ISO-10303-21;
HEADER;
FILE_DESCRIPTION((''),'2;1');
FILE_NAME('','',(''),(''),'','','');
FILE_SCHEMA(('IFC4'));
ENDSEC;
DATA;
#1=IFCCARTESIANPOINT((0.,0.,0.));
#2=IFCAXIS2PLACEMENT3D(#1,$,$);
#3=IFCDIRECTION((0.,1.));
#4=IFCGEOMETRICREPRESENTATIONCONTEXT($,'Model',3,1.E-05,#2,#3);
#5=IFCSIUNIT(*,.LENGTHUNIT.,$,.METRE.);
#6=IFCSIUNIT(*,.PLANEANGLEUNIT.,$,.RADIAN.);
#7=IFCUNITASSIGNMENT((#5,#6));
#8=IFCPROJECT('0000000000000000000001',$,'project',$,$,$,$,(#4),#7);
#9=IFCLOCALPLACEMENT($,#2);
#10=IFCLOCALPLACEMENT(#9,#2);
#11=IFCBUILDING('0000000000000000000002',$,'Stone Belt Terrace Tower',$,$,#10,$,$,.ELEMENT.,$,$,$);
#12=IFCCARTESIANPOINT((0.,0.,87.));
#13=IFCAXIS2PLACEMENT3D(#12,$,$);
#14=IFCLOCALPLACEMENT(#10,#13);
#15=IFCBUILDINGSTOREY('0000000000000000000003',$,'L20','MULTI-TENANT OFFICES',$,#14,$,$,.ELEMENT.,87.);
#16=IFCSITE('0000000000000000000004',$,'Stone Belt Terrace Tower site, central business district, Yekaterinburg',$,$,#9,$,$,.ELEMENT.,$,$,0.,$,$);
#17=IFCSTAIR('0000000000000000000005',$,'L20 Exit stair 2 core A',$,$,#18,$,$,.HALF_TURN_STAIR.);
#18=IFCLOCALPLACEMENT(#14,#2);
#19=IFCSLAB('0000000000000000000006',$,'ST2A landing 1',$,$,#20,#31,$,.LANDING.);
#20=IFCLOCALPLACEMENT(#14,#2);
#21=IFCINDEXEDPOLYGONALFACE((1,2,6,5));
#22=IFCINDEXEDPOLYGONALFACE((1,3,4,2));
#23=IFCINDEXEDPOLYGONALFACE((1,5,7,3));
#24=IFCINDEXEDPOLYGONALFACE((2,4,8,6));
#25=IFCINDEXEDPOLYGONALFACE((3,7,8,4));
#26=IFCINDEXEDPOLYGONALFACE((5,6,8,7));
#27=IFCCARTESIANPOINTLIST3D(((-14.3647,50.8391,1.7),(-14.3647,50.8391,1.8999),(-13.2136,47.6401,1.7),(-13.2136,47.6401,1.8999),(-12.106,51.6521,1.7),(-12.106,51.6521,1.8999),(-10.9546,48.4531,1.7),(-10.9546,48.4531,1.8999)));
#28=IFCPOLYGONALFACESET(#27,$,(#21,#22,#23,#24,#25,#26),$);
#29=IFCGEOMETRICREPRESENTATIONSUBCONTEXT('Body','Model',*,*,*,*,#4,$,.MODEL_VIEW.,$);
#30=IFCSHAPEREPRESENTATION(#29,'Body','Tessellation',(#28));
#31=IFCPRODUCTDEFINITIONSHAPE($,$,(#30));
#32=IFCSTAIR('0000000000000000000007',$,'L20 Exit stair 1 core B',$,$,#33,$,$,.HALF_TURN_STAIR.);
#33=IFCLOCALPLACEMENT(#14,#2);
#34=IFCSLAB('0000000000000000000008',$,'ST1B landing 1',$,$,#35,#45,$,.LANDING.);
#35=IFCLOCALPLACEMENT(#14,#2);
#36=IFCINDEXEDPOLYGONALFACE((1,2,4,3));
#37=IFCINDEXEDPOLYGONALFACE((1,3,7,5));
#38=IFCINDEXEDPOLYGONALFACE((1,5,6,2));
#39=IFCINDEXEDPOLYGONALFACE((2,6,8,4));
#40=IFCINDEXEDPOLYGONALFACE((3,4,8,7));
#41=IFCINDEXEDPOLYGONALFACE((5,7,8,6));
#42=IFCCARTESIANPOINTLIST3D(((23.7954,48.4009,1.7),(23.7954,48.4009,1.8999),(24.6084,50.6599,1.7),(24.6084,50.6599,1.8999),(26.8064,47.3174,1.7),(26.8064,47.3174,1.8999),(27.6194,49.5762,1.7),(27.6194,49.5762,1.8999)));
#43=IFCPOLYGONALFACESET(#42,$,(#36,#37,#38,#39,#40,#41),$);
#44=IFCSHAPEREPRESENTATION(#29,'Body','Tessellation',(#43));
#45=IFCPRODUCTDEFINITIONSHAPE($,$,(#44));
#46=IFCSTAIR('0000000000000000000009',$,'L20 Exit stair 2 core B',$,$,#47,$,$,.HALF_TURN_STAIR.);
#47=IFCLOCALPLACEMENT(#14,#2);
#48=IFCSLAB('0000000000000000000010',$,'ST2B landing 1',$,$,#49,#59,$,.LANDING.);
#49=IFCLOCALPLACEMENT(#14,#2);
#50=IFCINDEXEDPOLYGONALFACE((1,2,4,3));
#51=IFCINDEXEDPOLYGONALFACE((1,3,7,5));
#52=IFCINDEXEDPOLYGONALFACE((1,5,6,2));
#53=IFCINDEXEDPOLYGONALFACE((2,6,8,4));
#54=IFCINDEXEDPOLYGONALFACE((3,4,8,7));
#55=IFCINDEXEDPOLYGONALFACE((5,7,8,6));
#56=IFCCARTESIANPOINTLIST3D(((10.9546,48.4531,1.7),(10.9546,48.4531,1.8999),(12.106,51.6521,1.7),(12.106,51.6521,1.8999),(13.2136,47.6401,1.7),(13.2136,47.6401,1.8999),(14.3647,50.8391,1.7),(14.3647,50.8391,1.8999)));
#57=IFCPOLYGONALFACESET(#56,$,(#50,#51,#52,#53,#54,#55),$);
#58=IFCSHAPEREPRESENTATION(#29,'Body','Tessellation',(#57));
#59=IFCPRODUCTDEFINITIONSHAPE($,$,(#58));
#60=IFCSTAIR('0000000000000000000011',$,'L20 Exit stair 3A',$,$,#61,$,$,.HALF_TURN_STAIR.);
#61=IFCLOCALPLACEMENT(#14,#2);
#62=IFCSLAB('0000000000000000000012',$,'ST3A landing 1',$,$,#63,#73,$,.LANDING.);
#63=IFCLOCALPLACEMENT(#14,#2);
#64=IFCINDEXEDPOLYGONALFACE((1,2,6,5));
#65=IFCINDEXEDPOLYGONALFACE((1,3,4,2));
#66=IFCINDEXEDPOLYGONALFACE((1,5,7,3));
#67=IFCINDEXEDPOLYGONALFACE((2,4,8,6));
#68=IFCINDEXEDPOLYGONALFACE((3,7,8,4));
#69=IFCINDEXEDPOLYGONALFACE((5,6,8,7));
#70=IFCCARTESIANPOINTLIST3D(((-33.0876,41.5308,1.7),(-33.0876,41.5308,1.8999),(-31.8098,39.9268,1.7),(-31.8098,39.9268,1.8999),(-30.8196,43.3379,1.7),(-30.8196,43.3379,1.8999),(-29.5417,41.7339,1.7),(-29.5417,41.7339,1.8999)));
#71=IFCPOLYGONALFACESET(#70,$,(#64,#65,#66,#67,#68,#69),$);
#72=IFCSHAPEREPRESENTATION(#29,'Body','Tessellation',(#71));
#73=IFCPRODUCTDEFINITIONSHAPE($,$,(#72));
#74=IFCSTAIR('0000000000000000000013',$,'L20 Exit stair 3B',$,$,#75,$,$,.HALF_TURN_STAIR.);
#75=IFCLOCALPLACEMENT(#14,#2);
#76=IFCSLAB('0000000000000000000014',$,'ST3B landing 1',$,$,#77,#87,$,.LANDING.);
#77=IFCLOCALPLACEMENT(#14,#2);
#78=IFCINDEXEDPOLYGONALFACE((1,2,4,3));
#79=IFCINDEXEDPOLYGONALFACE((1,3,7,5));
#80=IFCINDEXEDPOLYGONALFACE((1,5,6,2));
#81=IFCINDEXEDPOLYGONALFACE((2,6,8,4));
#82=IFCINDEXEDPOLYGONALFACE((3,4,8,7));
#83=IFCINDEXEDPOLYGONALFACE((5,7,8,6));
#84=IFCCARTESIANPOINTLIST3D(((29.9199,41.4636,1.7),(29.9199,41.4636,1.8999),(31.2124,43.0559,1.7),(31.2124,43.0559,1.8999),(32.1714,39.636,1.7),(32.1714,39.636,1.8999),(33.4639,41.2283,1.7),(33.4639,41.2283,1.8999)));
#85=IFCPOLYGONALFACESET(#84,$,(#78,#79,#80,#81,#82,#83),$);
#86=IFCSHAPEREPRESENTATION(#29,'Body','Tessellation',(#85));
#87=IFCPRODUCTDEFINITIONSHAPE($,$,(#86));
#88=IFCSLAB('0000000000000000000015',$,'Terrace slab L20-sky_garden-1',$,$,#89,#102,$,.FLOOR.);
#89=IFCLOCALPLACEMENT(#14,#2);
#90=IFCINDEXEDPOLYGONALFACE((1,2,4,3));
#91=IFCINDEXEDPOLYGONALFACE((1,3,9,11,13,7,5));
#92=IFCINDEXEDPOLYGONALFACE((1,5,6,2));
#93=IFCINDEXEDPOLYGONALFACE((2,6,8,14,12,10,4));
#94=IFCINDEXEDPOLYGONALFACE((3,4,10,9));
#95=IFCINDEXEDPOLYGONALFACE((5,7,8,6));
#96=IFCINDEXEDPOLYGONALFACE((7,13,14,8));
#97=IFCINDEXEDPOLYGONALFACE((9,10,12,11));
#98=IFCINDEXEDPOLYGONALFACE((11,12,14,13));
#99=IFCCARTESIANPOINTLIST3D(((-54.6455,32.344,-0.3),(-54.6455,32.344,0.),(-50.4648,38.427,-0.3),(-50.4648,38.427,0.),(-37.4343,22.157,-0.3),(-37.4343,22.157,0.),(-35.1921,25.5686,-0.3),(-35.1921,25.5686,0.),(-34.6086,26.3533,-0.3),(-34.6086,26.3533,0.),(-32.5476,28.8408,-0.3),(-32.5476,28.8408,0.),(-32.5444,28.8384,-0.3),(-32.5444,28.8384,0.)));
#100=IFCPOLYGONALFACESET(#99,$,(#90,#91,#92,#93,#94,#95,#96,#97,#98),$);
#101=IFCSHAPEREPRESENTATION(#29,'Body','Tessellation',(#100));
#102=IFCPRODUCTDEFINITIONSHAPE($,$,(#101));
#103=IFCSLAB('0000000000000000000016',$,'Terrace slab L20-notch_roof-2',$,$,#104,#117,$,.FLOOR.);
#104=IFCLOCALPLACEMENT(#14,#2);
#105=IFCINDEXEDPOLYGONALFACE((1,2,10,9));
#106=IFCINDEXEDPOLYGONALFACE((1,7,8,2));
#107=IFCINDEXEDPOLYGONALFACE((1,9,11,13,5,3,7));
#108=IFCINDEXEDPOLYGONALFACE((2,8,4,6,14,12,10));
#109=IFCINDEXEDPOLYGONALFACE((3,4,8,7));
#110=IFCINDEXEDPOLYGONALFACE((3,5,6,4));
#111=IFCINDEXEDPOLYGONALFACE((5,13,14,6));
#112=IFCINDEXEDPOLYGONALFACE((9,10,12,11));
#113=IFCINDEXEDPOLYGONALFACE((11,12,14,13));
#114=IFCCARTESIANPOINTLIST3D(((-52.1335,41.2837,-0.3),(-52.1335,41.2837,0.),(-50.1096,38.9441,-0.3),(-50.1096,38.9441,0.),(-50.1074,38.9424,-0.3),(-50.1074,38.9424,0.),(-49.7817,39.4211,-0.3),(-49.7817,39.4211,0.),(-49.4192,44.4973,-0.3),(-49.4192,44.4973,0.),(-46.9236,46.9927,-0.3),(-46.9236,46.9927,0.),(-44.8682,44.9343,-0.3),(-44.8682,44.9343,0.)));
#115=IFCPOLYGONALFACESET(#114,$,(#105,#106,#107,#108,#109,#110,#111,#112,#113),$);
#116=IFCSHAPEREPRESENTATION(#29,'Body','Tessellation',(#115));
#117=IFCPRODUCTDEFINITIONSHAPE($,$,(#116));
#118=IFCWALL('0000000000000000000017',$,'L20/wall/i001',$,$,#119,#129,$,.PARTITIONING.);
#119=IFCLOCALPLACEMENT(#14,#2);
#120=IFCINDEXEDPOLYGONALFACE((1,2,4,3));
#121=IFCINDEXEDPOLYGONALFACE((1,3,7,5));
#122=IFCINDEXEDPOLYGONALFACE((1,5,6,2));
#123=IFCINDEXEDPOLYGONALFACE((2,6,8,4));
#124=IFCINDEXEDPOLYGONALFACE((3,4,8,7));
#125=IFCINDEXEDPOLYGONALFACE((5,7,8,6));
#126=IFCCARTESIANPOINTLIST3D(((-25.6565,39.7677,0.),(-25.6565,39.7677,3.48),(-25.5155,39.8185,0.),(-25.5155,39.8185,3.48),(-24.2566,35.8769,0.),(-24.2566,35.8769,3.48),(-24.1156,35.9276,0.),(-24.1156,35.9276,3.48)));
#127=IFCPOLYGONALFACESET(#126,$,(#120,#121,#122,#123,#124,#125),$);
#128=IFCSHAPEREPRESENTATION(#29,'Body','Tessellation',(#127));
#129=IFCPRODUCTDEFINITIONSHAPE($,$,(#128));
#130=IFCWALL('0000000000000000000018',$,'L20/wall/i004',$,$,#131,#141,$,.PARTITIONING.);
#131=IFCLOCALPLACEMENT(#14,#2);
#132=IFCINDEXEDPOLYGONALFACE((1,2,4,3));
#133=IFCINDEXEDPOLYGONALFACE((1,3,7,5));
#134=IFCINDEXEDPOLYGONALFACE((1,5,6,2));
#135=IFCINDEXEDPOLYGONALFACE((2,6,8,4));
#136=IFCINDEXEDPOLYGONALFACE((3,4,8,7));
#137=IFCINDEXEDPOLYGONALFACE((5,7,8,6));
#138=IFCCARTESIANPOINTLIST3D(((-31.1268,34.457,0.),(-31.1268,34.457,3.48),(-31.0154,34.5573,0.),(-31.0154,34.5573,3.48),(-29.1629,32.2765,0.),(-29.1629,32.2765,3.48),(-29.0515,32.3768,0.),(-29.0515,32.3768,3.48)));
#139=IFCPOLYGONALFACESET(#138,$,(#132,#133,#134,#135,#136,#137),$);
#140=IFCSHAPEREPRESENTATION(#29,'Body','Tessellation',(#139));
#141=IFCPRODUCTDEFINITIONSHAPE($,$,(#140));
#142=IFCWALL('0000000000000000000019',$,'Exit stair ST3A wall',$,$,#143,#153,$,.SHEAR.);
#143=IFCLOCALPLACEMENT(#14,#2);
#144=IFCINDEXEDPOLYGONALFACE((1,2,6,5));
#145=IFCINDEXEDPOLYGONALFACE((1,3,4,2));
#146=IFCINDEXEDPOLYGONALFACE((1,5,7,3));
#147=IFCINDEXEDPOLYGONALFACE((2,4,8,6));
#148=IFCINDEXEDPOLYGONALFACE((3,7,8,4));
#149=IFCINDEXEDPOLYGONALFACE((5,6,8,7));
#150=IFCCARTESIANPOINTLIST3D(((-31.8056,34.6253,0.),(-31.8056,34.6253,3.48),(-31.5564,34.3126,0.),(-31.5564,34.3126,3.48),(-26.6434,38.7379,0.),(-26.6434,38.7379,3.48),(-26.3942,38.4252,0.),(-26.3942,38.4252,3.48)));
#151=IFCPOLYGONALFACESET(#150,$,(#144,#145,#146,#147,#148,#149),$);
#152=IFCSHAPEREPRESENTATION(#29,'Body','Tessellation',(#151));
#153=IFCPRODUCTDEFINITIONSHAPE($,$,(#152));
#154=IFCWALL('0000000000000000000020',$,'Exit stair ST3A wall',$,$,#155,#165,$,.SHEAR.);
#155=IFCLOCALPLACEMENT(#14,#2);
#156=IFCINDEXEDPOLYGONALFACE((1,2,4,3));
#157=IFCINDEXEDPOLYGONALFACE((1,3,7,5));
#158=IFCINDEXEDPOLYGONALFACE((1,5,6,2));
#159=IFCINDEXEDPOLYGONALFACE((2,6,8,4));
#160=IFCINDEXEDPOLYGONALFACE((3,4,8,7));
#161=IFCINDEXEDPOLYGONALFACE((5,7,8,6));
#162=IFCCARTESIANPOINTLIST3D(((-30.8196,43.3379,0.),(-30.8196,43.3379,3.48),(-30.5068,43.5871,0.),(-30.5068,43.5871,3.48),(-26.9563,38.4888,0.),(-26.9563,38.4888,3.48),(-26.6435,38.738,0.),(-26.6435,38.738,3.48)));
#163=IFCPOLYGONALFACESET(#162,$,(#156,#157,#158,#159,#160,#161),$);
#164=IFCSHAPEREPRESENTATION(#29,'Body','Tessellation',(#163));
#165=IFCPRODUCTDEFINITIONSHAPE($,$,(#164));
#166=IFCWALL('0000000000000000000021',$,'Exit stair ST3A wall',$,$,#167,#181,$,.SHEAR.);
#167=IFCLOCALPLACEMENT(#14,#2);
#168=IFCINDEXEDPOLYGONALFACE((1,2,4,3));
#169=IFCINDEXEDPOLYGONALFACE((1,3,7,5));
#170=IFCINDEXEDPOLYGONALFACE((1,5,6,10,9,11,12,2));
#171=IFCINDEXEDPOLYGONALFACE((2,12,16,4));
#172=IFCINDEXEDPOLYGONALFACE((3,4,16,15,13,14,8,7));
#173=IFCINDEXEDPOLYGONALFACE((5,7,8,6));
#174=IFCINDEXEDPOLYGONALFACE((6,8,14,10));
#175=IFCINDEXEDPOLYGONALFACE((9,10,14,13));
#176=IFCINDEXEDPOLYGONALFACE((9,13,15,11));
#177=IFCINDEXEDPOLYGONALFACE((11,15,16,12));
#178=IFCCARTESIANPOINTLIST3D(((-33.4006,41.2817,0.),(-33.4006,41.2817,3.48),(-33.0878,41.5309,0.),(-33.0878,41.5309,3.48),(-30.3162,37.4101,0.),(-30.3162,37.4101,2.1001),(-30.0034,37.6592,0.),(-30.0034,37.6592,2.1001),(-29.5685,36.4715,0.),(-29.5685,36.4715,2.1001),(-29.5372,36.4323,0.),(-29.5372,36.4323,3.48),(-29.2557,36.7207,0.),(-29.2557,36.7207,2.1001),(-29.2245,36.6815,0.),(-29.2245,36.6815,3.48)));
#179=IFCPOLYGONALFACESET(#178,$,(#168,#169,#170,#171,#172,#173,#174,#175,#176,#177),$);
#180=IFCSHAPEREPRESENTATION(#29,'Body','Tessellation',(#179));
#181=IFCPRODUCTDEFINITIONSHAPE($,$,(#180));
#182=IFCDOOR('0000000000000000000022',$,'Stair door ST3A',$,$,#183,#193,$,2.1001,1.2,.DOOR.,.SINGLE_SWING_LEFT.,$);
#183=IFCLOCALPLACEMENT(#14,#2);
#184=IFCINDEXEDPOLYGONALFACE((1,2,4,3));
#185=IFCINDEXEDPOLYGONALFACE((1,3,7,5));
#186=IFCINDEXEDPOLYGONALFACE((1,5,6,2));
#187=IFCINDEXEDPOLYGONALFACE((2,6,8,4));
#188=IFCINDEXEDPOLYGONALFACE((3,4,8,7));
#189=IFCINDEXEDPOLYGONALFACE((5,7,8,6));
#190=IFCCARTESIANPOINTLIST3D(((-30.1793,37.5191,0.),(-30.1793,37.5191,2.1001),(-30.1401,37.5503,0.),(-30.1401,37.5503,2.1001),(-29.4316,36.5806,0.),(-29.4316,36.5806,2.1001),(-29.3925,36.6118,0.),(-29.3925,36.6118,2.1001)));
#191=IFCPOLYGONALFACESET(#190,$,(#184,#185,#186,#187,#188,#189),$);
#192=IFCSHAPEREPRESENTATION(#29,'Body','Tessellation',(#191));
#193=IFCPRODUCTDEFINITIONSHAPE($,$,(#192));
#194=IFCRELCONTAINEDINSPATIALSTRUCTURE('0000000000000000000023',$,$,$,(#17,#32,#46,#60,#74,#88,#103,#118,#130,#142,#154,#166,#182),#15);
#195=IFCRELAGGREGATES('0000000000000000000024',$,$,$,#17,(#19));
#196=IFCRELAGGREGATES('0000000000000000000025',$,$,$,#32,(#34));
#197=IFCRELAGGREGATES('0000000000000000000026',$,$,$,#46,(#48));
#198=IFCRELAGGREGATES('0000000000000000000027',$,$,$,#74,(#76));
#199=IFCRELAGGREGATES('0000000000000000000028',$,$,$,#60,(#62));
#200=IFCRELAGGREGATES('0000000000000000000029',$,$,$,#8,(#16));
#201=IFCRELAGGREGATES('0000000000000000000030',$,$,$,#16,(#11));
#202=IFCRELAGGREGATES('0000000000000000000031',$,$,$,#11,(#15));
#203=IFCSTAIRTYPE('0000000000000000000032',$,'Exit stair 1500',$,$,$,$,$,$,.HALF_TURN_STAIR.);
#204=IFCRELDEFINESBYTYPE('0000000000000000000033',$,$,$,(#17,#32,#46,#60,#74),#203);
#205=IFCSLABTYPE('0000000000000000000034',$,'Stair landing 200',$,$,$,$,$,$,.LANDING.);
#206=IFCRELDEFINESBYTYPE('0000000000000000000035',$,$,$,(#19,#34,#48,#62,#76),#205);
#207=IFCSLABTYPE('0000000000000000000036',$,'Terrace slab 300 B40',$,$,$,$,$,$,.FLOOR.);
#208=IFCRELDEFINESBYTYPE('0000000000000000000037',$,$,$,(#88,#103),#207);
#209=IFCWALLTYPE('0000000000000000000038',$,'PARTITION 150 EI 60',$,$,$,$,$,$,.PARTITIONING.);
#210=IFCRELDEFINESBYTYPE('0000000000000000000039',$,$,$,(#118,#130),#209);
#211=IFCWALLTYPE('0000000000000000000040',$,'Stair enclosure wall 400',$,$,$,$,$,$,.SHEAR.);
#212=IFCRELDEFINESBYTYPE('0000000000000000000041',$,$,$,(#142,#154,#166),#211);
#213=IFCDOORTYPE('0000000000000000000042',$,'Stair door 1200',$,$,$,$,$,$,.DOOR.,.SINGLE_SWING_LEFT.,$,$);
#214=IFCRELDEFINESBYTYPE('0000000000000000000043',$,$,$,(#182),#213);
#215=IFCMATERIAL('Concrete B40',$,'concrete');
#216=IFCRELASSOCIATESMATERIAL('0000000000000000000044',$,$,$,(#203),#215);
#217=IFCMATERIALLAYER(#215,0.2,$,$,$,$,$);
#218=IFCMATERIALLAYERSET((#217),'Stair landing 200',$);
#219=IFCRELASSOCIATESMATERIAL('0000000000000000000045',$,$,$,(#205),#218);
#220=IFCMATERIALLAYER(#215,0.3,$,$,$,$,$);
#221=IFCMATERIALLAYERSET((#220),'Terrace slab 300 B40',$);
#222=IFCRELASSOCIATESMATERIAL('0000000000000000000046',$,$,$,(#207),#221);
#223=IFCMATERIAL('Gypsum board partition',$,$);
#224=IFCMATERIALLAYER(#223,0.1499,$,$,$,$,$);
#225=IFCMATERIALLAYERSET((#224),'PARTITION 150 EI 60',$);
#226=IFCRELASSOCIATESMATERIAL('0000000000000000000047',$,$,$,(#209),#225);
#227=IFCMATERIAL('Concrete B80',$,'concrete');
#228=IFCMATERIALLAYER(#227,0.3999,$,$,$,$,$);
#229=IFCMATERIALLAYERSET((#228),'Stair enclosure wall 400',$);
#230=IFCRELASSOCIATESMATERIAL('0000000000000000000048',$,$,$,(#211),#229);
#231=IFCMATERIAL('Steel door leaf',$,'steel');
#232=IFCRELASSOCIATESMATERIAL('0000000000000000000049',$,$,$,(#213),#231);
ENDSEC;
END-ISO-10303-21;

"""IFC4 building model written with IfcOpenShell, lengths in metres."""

from ifc_helpers import new_model, si_unit, direction, frame, frame_2d, origin, place, context, subcontext, project, spatial, polyline, rectangle, outline, extrude, material, layer, layer_set, type_object, element, fill, aggregate, save


model = new_model("IFC4")

# Units and contexts
model_context = context("Model", 3, precision=1e-05, world=origin(), true_north=direction((0.0, 1.0)))
body_context = subcontext(model_context, "Body", "Model", "MODEL_VIEW")
ifc_project = project(units=[si_unit("LENGTHUNIT", "METRE"), si_unit("PLANEANGLEUNIT", "RADIAN")], contexts=[model_context])

# Site, building, storey
site_placement = place(None, origin())
site = spatial("IfcSite", under=ifc_project, at=site_placement, Name="Stone Belt Terrace Tower site, central business district, Yekaterinburg", CompositionType="ELEMENT", RefElevation=0.0)
building_placement = place(site_placement, origin())
building = spatial("IfcBuilding", under=site, at=building_placement, Name="Stone Belt Terrace Tower", CompositionType="ELEMENT")
storey_placement = place(building_placement, frame((0.0, 0.0, 87.0)))
storey = spatial("IfcBuildingStorey", under=building, at=storey_placement, Name="L20", Description="MULTI-TENANT OFFICES", CompositionType="ELEMENT", Elevation=87.0)

# Shared definitions
ifc_material_1 = material(Name="Concrete B80", Category="concrete")

# Shared definitions
ifc_material_2 = material(Name="Concrete B40", Category="concrete")

# Stairs, slabs
stair_type = type_object("IfcStairType", Name="Exit stair 1500", PredefinedType="HALF_TURN_STAIR", material=ifc_material_2)
ifc_layer_1 = layer(ifc_material_2, 0.2)
ifc_layer_set_1 = layer_set([ifc_layer_1], Name="Stair landing 200")
slab_type_1 = type_object("IfcSlabType", Name="Stair landing 200", PredefinedType="LANDING", material=ifc_layer_set_1)
stair_1_placement = place(storey_placement, origin())
stair_1 = element("IfcStair", 1, at=stair_1_placement, inside=storey, type_object=stair_type, Name="L20 Exit stair 2 core A", PredefinedType="HALF_TURN_STAIR")
slab_1_placement = place(storey_placement, frame((0.0, 0.0, 1.7)))
slab_1 = element("IfcSlab", 2, at=slab_1_placement, type_object=slab_type_1, Name="ST2A landing 1", PredefinedType="LANDING", context=body_context, shape_type="SweptSolid", body=[
    extrude(outline(polyline([(-13.2136, 47.6401), (-10.9546, 48.4531), (-12.106, 51.6521), (-14.3647, 50.8391), (-13.2136, 47.6401)])), origin(), (0.0, 0.0, 1.0), 0.2),
])
aggregate(stair_1, [slab_1])
stair_2_placement = place(storey_placement, origin())
stair_2 = element("IfcStair", 3, at=stair_2_placement, inside=storey, type_object=stair_type, Name="L20 Exit stair 1 core B", PredefinedType="HALF_TURN_STAIR")
slab_2_placement = place(storey_placement, frame((0.0, 0.0, 1.7)))
slab_2 = element("IfcSlab", 4, at=slab_2_placement, type_object=slab_type_1, Name="ST1B landing 1", PredefinedType="LANDING", context=body_context, shape_type="SweptSolid", body=[
    extrude(outline(polyline([(26.8064, 47.3174), (27.6194, 49.5762), (24.6084, 50.6599), (23.7954, 48.4009), (26.8064, 47.3174)])), origin(), (0.0, 0.0, 1.0), 0.2),
])
aggregate(stair_2, [slab_2])
stair_3_placement = place(storey_placement, origin())
stair_3 = element("IfcStair", 5, at=stair_3_placement, inside=storey, type_object=stair_type, Name="L20 Exit stair 2 core B", PredefinedType="HALF_TURN_STAIR")
slab_3_placement = place(storey_placement, frame((0.0, 0.0, 1.7)))
slab_3 = element("IfcSlab", 6, at=slab_3_placement, type_object=slab_type_1, Name="ST2B landing 1", PredefinedType="LANDING", context=body_context, shape_type="SweptSolid", body=[
    extrude(outline(polyline([(14.3647, 50.8391), (12.106, 51.6521), (10.9546, 48.4531), (13.2136, 47.6401), (14.3647, 50.8391)])), origin(), (0.0, 0.0, 1.0), 0.2),
])
aggregate(stair_3, [slab_3])
stair_4_placement = place(storey_placement, origin())
stair_4 = element("IfcStair", 7, at=stair_4_placement, inside=storey, type_object=stair_type, Name="L20 Exit stair 3A", PredefinedType="HALF_TURN_STAIR")
slab_4_placement = place(storey_placement, frame((0.0, 0.0, 1.7)))
slab_4 = element("IfcSlab", 8, at=slab_4_placement, type_object=slab_type_1, Name="ST3A landing 1", PredefinedType="LANDING", context=body_context, shape_type="SweptSolid", body=[
    extrude(outline(polyline([(-29.5417, 41.7339), (-30.8196, 43.3379), (-33.0876, 41.5308), (-31.8098, 39.9268), (-29.5417, 41.7339)])), origin(), (0.0, 0.0, 1.0), 0.2),
])
stair_5_placement = place(storey_placement, origin())
stair_5 = element("IfcStair", 9, at=stair_5_placement, inside=storey, type_object=stair_type, Name="L20 Exit stair 3B", PredefinedType="HALF_TURN_STAIR")
slab_5_placement = place(storey_placement, frame((0.0, 0.0, 1.7)))
slab_5 = element("IfcSlab", 10, at=slab_5_placement, type_object=slab_type_1, Name="ST3B landing 1", PredefinedType="LANDING", context=body_context, shape_type="SweptSolid", body=[
    extrude(outline(polyline([(32.1714, 39.636), (33.4639, 41.2283), (31.2124, 43.0559), (29.9199, 41.4636), (32.1714, 39.636)])), origin(), (0.0, 0.0, 1.0), 0.2),
])
aggregate(stair_5, [slab_5])

# Slabs
ifc_layer_2 = layer(ifc_material_2, 0.3)
ifc_layer_set_2 = layer_set([ifc_layer_2], Name="Terrace slab 300 B40")
slab_type_2 = type_object("IfcSlabType", Name="Terrace slab 300 B40", PredefinedType="FLOOR", material=ifc_layer_set_2)
slab_6_placement = place(storey_placement, frame((0.0, 0.0, -0.3)))
element("IfcSlab", 11, at=slab_6_placement, inside=storey, type_object=slab_type_2, Name="Terrace slab L20-sky_garden-1", PredefinedType="FLOOR", context=body_context, shape_type="SweptSolid", body=[
    extrude(outline(polyline([(-37.4343, 22.157), (-35.1921, 25.5686), (-32.5444, 28.8384), (-32.5476, 28.8408), (-34.6086, 26.3533), (-50.4648, 38.427), (-54.6455, 32.344), (-37.4343, 22.157)])), origin(), (0.0, 0.0, 1.0), 0.3),
])
slab_7_placement = place(storey_placement, frame((0.0, 0.0, -0.3)))
element("IfcSlab", 12, at=slab_7_placement, inside=storey, type_object=slab_type_2, Name="Terrace slab L20-notch_roof-2", PredefinedType="FLOOR", context=body_context, shape_type="SweptSolid", body=[
    extrude(outline(polyline([(-52.1335, 41.2837), (-49.7817, 39.4211), (-50.1096, 38.9441), (-50.1074, 38.9424), (-44.8682, 44.9343), (-46.9236, 46.9927), (-49.4192, 44.4973), (-52.1335, 41.2837)])), origin(), (0.0, 0.0, 1.0), 0.3),
])

# Walls
ifc_material_3 = material(Name="Gypsum board partition")
ifc_layer_3 = layer(ifc_material_3, 0.1499)
ifc_layer_set_3 = layer_set([ifc_layer_3], Name="PARTITION 150 EI 60")
wall_type_1 = type_object("IfcWallType", Name="PARTITION 150 EI 60", PredefinedType="PARTITIONING", material=ifc_layer_set_3)
wall_1_placement = place(storey_placement, frame((-25.5859, 39.793, 0.0), z_axis=(0.0, 0.0, 1.0), x_axis=(0.338546, -0.94095, 0.0)))
element("IfcWall", 13, at=wall_1_placement, inside=storey, type_object=wall_type_1, Name="L20/wall/i001", PredefinedType="PARTITIONING", context=body_context, shape_type="SweptSolid", body=[
    extrude(rectangle(XDim=4.135, YDim=0.1499, at=frame_2d((2.0674, 0.0))), origin(), (0.0, 0.0, 1.0), 3.48),
])
wall_2_placement = place(storey_placement, frame((-29.1072, 32.3267, 0.0), z_axis=(0.0, 0.0, 1.0), x_axis=(-0.669245, 0.743042, 0.0)))
element("IfcWall", 14, at=wall_2_placement, inside=storey, type_object=wall_type_1, Name="L20/wall/i004", PredefinedType="PARTITIONING", context=body_context, shape_type="SweptSolid", body=[
    extrude(rectangle(XDim=2.9346, YDim=0.1499, at=frame_2d((1.4673, 0.0))), origin(), (0.0, 0.0, 1.0), 3.48),
])
ifc_layer_4 = layer(ifc_material_1, 0.3999)
ifc_layer_set_4 = layer_set([ifc_layer_4], Name="Stair enclosure wall 400")
wall_type_2 = type_object("IfcWallType", Name="Stair enclosure wall 400", PredefinedType="SHEAR", material=ifc_layer_set_4)
wall_3_placement = place(storey_placement, frame((-26.5188, 38.5815, 0.0), z_axis=(0.0, 0.0, 1.0), x_axis=(-0.782134, -0.62311, 0.0)))
element("IfcWall", 15, at=wall_3_placement, inside=storey, type_object=wall_type_2, Name="Exit stair ST3A wall", PredefinedType="SHEAR", context=body_context, shape_type="SweptSolid", body=[
    extrude(rectangle(XDim=6.6001, YDim=0.3999, at=frame_2d((3.3, 0.0))), origin(), (0.0, 0.0, 1.0), 3.48),
])
wall_4_placement = place(storey_placement, frame((-26.7998, 38.6133, 0.0), z_axis=(0.0, 0.0, 1.0), x_axis=(-0.623119, 0.782127, 0.0)))
element("IfcWall", 16, at=wall_4_placement, inside=storey, type_object=wall_type_2, Name="Exit stair ST3A wall", PredefinedType="SHEAR", context=body_context, shape_type="SweptSolid", body=[
    extrude(rectangle(XDim=6.2, YDim=0.3999, at=frame_2d((3.1001, 0.0))), origin(), (0.0, 0.0, 1.0), 3.48),
])

# Wall, opening, door
wall_5_placement = place(storey_placement, frame((-29.3809, 36.5569, 0.0), z_axis=(0.0, 0.0, 1.0), x_axis=(-0.623099, 0.782143, 0.0)))
wall_5 = element("IfcWall", 17, at=wall_5_placement, inside=storey, type_object=wall_type_2, Name="Exit stair ST3A wall", PredefinedType="SHEAR", context=body_context, shape_type="SweptSolid", body=[
    extrude(rectangle(XDim=6.2002, YDim=0.3999, at=frame_2d((3.1001, 0.0))), origin(), (0.0, 0.0, 1.0), 3.48),
])
opening_placement = place(wall_5_placement, frame((0.05, 0.0, 0.0)))
opening = element("IfcOpeningElement", 18, at=opening_placement, cuts=wall_5, PredefinedType="OPENING", context=body_context, shape_type="SweptSolid", body=[
    extrude(rectangle(XDim=1.2, YDim=2.1001, at=frame_2d((0.6001, 1.05))), frame((0.0, 0.21, 0.0), z_axis=(0.0, -1.0, 0.0), x_axis=(1.0, 0.0, 0.0)), (0.0, 0.0, 1.0), 0.4199),
])
ifc_material_4 = material(Name="Steel door leaf", Category="steel")
door_type = type_object("IfcDoorType", Name="Stair door 1200", OperationType="SINGLE_SWING_LEFT", PredefinedType="DOOR", material=ifc_material_4)
door_placement = place(opening_placement, origin())
door = element("IfcDoor", 19, at=door_placement, inside=storey, type_object=door_type, Name="Stair door ST3A", OperationType="SINGLE_SWING_LEFT", OverallHeight=2.1001, OverallWidth=1.2, PredefinedType="DOOR", context=body_context, shape_type="SweptSolid", body=[
    extrude(rectangle(XDim=1.2, YDim=2.1001, at=frame_2d((0.6001, 1.05))), frame((0.0, 0.0249, 0.0), z_axis=(0.0, -1.0, 0.0), x_axis=(1.0, 0.0, 0.0)), (0.0, 0.0, 1.0), 0.05),
])
fill(opening, door)

aggregate(stair_4, [slab_4])

save(model, "model.ifc")
